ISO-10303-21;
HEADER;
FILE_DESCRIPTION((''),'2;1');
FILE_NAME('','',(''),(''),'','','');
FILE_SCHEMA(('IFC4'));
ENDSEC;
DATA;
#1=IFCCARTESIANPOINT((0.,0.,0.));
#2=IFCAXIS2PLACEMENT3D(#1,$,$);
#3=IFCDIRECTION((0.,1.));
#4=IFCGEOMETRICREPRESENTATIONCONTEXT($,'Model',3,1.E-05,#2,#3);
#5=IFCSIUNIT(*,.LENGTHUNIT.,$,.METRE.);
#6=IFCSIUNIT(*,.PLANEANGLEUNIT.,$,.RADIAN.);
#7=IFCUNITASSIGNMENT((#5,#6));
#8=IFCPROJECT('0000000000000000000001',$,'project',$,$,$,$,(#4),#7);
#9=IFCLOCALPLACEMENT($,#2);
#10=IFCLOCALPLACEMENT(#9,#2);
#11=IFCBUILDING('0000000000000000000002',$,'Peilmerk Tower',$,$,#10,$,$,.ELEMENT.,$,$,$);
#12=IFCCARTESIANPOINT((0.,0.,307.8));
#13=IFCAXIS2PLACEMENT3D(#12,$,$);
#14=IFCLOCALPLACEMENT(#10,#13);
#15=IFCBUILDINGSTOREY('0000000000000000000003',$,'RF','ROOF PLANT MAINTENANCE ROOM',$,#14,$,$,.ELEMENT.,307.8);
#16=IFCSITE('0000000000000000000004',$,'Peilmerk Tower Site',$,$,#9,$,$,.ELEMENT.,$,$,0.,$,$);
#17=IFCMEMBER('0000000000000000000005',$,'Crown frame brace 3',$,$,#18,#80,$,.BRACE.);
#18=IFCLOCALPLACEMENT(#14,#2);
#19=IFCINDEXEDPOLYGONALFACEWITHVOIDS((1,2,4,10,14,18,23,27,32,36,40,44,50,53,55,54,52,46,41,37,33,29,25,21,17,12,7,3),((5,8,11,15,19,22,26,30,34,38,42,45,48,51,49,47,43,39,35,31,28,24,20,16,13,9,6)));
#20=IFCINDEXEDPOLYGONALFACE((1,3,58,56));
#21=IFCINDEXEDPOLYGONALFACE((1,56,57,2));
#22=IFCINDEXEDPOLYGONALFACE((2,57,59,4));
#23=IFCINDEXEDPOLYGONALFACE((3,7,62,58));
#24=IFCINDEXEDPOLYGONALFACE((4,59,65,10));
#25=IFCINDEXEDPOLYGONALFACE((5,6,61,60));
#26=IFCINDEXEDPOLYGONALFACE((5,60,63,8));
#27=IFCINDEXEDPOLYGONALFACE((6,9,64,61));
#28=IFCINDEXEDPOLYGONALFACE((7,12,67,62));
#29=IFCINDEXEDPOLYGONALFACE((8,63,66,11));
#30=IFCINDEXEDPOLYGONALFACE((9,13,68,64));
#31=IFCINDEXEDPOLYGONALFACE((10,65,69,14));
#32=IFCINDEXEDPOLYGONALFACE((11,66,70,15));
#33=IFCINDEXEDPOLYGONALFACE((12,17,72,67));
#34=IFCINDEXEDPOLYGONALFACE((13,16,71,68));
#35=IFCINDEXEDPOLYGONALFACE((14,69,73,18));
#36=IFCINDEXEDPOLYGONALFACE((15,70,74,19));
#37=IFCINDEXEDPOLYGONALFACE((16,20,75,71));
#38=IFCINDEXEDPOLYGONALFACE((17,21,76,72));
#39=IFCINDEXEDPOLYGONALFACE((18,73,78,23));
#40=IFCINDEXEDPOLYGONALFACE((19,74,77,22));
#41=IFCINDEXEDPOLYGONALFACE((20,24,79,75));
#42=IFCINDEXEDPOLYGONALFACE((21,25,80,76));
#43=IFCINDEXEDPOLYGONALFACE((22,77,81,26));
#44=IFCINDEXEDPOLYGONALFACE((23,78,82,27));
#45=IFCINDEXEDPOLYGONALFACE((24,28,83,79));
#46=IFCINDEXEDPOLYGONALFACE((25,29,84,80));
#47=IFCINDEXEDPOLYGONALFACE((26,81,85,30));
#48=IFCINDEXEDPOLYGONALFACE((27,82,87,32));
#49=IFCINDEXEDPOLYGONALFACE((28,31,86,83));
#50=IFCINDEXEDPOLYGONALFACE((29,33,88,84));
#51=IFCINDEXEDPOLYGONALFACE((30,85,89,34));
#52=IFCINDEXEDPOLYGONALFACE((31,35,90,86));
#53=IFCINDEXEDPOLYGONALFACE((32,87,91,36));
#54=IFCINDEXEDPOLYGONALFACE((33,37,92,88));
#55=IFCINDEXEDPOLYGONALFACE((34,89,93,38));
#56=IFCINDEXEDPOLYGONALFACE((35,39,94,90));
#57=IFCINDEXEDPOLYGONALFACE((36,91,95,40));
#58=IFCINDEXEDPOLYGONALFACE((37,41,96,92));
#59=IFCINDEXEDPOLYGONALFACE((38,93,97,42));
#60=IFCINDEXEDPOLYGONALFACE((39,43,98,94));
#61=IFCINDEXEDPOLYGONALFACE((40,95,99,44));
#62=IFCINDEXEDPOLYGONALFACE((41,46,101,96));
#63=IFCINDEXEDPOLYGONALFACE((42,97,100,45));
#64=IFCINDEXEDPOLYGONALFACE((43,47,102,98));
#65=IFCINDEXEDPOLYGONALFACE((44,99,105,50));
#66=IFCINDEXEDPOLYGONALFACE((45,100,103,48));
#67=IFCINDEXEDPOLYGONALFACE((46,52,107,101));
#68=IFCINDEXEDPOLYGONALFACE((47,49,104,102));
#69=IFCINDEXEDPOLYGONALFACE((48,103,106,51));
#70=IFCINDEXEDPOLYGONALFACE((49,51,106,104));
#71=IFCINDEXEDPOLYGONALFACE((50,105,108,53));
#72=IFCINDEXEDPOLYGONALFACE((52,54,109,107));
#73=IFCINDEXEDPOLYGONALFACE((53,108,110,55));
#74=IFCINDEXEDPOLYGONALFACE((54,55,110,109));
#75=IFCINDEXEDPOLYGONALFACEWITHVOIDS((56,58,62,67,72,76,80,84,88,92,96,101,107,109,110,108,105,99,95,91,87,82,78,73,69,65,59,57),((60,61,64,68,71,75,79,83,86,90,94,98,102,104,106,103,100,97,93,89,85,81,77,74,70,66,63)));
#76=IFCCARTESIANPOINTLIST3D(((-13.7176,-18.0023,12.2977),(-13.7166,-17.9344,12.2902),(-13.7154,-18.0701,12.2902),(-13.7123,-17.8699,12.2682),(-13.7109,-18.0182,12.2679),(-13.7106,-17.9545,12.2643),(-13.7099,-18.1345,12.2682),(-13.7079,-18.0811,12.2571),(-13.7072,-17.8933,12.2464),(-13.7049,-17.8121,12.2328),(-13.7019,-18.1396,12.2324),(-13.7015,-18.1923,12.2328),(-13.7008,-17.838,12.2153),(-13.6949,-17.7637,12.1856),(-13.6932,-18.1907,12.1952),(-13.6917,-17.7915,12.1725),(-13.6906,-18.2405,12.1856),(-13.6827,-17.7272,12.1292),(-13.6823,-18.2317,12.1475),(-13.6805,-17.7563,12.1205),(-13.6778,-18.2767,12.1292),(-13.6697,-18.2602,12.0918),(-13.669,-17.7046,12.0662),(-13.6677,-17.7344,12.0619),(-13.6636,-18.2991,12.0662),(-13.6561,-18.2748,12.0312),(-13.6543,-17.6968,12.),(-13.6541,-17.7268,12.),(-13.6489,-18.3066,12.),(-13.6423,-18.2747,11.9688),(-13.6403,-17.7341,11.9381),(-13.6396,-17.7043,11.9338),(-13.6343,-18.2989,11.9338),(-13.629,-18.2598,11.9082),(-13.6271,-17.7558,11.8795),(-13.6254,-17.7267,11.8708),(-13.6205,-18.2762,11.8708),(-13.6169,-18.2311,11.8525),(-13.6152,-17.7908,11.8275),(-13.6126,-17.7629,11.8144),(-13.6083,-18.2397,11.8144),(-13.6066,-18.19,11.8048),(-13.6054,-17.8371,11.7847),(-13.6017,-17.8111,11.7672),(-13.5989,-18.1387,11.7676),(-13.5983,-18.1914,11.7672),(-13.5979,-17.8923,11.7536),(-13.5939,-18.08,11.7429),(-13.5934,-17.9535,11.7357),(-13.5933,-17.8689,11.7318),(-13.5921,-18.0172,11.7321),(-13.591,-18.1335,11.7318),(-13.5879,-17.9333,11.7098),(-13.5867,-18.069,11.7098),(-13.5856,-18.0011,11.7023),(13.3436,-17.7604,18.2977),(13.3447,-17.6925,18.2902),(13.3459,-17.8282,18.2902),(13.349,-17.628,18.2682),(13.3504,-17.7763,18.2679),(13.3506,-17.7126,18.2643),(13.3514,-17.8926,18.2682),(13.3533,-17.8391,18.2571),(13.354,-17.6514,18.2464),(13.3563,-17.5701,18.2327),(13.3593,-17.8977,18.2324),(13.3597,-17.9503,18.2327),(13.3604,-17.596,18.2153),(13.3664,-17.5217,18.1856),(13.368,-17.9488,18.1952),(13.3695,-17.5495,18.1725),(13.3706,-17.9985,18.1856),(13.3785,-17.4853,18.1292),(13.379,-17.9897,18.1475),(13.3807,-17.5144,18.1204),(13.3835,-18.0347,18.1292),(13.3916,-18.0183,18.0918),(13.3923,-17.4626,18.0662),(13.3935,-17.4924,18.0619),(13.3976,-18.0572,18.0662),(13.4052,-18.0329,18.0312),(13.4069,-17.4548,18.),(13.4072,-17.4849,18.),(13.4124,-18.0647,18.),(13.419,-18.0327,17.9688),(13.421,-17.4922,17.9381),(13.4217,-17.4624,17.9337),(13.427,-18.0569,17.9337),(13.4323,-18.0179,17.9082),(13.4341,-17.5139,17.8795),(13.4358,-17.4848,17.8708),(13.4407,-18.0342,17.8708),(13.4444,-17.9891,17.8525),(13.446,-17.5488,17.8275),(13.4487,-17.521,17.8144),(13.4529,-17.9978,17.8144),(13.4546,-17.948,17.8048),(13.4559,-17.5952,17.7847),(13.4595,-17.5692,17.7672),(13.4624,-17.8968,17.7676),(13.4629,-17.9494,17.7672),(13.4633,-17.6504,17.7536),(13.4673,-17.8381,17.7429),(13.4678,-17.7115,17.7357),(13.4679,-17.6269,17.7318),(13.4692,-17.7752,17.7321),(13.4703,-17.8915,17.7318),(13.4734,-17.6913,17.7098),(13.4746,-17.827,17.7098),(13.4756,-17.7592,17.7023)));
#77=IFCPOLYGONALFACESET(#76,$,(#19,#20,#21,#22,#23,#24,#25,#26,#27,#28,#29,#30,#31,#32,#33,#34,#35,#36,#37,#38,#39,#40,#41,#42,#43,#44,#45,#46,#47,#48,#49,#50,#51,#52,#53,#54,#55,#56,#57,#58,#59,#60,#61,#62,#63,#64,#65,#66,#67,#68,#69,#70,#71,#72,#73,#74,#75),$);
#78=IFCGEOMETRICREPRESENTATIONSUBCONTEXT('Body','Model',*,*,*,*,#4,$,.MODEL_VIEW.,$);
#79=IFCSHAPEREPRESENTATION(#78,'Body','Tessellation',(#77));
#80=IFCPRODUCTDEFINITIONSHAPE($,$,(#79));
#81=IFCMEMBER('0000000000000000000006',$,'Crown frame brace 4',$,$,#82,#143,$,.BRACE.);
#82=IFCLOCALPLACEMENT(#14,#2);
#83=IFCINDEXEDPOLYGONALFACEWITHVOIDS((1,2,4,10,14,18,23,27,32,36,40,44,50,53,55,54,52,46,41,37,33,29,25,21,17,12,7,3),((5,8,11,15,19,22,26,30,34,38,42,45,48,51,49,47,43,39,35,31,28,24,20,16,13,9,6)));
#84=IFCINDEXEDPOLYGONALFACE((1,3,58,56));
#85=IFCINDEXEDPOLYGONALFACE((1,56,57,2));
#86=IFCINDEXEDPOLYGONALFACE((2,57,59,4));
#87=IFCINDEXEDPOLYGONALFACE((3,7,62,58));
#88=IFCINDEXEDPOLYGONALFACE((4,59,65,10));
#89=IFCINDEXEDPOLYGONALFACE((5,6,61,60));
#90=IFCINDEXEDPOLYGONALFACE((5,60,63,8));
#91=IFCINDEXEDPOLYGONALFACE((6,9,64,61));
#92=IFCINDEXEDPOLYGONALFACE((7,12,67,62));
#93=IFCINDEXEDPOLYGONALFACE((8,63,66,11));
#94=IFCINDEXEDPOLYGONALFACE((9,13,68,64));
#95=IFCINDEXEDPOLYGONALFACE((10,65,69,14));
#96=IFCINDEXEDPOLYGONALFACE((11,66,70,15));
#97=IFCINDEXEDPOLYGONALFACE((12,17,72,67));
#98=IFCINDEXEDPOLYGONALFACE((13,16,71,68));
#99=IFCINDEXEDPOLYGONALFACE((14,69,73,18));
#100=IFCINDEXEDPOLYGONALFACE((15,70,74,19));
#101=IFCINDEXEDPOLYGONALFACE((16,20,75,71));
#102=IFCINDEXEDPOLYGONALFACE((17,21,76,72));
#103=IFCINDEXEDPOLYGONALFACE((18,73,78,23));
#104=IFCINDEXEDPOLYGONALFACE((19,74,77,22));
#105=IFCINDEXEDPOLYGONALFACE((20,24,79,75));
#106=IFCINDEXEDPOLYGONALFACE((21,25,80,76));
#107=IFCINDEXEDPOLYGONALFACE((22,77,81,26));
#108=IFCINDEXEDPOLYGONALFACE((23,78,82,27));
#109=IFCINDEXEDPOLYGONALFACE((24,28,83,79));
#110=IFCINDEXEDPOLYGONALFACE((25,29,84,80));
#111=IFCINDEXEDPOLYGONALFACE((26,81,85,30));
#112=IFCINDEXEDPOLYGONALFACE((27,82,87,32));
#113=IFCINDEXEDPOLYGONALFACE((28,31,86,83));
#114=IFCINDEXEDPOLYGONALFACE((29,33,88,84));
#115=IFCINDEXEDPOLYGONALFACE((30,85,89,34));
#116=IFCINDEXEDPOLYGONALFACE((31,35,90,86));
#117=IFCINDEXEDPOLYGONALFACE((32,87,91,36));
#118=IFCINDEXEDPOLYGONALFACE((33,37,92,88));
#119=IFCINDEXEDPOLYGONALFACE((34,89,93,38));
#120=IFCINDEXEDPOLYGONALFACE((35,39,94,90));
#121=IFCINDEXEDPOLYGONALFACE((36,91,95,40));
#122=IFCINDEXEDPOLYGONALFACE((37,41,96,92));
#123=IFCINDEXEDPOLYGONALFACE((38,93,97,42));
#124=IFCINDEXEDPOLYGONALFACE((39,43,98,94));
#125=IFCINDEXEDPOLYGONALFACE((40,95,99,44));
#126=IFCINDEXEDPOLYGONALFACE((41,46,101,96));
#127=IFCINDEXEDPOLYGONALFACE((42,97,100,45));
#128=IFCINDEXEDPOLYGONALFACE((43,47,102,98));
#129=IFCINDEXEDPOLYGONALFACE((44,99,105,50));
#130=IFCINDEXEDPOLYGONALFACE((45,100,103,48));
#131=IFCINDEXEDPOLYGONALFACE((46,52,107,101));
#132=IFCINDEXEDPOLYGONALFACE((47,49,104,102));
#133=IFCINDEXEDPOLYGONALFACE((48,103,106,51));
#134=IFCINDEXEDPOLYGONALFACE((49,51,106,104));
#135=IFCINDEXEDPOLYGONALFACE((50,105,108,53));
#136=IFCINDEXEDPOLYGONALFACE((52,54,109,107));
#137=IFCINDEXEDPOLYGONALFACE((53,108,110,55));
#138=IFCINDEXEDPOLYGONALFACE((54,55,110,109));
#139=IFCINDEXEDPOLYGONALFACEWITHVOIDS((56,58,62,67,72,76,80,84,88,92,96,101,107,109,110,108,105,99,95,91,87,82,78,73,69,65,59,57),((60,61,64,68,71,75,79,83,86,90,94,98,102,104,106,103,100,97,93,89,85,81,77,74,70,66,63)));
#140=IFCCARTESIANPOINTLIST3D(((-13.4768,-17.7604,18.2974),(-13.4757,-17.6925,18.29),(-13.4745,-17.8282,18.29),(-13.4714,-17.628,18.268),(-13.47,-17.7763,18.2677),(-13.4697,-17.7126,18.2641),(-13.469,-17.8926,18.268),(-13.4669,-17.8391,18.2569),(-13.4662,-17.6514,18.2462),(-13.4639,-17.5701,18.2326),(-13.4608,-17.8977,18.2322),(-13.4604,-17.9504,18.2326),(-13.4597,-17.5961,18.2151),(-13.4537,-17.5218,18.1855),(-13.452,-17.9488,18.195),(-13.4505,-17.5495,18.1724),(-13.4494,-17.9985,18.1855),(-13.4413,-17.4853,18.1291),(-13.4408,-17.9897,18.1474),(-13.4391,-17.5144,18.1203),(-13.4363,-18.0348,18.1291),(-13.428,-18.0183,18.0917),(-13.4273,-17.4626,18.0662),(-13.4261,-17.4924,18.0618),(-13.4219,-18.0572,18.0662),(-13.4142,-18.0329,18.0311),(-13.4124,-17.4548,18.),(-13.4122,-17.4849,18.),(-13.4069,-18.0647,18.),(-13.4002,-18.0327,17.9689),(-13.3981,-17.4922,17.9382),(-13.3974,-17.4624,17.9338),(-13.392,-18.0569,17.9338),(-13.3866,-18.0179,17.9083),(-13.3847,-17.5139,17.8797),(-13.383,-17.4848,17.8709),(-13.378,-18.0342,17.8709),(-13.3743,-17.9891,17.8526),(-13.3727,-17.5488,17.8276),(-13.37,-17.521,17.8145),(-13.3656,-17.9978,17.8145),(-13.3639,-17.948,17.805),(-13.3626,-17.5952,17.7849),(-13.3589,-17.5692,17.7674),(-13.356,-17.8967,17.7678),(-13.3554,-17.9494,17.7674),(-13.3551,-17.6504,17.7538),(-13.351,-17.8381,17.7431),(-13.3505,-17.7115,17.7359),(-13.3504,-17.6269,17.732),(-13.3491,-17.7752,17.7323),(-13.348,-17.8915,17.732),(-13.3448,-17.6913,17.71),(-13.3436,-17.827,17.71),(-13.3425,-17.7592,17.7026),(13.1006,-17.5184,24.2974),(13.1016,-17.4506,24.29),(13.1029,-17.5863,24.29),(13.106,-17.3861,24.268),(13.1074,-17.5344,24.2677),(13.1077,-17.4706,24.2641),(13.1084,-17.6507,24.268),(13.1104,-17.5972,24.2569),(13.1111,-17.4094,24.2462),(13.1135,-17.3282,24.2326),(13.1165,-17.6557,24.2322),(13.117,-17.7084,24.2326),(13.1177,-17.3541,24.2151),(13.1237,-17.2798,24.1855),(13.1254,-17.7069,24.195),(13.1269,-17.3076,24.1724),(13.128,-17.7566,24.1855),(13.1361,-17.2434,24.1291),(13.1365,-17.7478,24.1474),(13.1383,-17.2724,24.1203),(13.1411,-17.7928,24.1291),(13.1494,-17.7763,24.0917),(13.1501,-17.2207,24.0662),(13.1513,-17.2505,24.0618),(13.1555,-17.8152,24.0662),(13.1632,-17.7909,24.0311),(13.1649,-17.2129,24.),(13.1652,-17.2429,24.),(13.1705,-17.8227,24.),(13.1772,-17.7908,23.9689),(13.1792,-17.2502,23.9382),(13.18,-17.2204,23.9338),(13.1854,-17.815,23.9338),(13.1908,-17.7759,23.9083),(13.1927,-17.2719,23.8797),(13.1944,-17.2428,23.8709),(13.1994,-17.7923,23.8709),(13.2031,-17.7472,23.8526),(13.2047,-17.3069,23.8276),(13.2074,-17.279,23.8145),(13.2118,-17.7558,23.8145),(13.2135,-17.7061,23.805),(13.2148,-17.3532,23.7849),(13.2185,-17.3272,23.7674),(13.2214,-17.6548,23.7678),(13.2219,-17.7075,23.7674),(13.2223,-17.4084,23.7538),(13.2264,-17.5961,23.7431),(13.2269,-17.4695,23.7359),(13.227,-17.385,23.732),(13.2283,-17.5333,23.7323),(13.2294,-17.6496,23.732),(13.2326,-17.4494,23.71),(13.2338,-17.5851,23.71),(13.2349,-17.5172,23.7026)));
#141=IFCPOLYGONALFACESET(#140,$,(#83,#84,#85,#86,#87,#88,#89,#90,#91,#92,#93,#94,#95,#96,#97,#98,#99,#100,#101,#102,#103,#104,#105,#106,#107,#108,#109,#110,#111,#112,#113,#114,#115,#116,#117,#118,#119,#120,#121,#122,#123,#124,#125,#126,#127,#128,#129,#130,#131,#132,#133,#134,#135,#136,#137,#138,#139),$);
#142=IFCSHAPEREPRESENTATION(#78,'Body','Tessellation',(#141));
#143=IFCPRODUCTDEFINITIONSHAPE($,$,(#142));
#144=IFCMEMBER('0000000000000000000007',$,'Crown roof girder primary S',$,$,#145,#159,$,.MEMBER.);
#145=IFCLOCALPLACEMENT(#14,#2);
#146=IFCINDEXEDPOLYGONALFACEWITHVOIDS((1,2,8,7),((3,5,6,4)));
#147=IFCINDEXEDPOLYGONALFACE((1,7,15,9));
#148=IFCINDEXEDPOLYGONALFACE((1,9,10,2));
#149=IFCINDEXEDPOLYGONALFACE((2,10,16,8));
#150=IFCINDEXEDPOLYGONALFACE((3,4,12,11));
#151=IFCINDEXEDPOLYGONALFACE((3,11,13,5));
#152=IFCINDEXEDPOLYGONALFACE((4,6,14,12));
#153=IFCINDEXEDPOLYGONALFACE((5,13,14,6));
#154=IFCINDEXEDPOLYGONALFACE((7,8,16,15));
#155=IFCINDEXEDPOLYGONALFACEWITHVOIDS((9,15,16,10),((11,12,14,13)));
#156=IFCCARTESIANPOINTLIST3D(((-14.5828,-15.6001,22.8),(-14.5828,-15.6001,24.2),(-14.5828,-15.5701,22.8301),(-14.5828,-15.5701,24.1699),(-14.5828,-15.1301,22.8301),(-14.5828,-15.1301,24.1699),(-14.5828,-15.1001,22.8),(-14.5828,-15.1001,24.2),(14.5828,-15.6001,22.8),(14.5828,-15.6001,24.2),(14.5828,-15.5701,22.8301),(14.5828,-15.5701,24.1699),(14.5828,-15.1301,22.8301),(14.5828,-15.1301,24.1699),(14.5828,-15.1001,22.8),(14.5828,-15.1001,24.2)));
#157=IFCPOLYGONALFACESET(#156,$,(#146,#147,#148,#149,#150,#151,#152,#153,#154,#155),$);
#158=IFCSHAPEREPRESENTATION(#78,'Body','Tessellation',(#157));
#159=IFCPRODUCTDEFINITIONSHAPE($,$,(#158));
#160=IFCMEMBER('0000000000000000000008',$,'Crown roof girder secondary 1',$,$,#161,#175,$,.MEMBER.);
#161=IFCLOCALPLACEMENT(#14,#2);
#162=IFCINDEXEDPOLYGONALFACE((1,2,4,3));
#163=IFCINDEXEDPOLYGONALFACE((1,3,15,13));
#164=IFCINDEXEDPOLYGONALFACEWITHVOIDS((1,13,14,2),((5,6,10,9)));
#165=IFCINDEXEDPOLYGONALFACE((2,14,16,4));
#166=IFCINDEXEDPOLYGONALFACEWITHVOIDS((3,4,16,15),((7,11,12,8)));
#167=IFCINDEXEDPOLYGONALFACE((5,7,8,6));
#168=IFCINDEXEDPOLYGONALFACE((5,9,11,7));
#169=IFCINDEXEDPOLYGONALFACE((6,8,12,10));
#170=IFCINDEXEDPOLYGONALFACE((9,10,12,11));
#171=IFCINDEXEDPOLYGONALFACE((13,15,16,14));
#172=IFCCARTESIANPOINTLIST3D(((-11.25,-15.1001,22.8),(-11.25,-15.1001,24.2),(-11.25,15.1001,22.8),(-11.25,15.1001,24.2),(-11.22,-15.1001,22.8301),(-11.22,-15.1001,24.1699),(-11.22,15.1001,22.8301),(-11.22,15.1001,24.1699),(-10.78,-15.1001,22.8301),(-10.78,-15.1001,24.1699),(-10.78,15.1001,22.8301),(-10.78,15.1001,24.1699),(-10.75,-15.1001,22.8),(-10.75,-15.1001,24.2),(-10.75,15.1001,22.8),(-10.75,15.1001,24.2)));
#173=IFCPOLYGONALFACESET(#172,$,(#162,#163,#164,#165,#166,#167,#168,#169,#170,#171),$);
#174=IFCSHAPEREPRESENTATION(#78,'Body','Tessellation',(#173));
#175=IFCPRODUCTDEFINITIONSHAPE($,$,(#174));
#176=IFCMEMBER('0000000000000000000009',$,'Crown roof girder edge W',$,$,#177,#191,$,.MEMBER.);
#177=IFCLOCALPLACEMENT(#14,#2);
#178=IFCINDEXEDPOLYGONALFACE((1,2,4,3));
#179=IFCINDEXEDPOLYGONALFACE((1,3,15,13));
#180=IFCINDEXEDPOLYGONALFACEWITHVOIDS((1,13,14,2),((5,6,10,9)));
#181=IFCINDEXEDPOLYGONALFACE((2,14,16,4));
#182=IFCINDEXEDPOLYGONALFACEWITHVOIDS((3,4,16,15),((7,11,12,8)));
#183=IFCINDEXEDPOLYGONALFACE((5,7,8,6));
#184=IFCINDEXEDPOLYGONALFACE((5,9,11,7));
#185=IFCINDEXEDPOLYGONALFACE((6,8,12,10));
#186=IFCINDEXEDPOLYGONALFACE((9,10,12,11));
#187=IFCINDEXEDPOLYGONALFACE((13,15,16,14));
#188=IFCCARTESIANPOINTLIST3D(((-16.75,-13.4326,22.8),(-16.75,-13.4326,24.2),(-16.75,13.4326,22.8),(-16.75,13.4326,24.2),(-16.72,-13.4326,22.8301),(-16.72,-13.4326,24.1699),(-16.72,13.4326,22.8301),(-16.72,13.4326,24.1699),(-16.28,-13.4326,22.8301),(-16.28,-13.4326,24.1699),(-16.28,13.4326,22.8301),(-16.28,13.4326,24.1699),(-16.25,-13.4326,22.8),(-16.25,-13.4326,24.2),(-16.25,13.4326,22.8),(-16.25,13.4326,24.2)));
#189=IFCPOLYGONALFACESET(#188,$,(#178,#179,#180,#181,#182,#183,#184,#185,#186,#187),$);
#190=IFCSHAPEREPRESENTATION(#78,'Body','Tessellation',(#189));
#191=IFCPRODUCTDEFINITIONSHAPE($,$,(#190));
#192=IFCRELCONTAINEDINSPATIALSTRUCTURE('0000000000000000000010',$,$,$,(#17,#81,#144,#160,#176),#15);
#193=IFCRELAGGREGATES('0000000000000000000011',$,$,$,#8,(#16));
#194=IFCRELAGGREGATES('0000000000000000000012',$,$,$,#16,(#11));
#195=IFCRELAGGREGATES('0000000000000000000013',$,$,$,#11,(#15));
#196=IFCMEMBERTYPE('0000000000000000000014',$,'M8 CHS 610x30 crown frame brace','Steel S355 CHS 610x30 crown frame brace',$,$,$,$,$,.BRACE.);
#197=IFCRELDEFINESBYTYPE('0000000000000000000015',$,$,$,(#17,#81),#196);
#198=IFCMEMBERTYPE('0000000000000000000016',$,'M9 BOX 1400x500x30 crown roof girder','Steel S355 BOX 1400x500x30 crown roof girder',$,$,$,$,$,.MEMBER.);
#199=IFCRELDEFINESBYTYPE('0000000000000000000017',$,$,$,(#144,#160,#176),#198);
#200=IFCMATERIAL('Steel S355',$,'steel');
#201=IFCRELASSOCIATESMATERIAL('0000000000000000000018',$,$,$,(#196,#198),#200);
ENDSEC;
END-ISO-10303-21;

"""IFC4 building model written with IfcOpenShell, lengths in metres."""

from ifc_helpers import new_model, si_unit, direction, frame, origin, origin_2d, place, context, subcontext, project, spatial, hollow_rectangle, hollow_circle, extrude, material, material_profile, profile_set, type_object, element, save


model = new_model("IFC4")

# Units and contexts
model_context = context("Model", 3, precision=1e-05, world=origin(), true_north=direction((0.0, 1.0)))
body_context = subcontext(model_context, "Body", "Model", "MODEL_VIEW")
ifc_project = project(units=[si_unit("LENGTHUNIT", "METRE"), si_unit("PLANEANGLEUNIT", "RADIAN")], contexts=[model_context])

# Site, building, storey
site_placement = place(None, origin())
site = spatial("IfcSite", under=ifc_project, at=site_placement, Name="Peilmerk Tower Site", CompositionType="ELEMENT", RefElevation=0.0)
building_placement = place(site_placement, origin())
building = spatial("IfcBuilding", under=site, at=building_placement, Name="Peilmerk Tower", CompositionType="ELEMENT")
storey_placement = place(building_placement, frame((0.0, 0.0, 307.8)))
storey = spatial("IfcBuildingStorey", under=building, at=storey_placement, Name="RF", Description="ROOF PLANT MAINTENANCE ROOM", CompositionType="ELEMENT", Elevation=307.8)

# Shared definitions
ifc_material_1 = material(Name="Steel S355", Category="steel")

# Members
ifc_material_profile_1 = material_profile(ifc_material_1, hollow_circle(Radius=0.3049, WallThickness=0.03, at=origin_2d()), Name="CHS 610x30")
ifc_profile_set_1 = profile_set([ifc_material_profile_1], Name="Steel S355")
member_type_1 = type_object("IfcMemberType", Name="M8 CHS 610x30 crown frame brace", Description="Steel S355 CHS 610x30 crown frame brace", PredefinedType="BRACE", material=ifc_profile_set_1)
member_1_placement = place(storey_placement, frame((-13.6516, -18.0017, 12.0), z_axis=(0.976254, 0.008728, 0.216454), x_axis=(-0.00894, 0.99996, 0.0)))
element("IfcMember", 1, at=member_1_placement, inside=storey, type_object=member_type_1, Name="Crown frame brace 3", PredefinedType="BRACE", context=body_context, shape_type="SweptSolid", body=[
    extrude(hollow_circle(Radius=0.3049, WallThickness=0.03, at=origin_2d()), origin(), (0.0, 0.0, 1.0), 27.7195),
])
member_2_placement = place(storey_placement, frame((-13.4097, -17.7598, 18.0), z_axis=(0.975413, 0.00888, 0.220205), x_axis=(-0.009103, 0.999959, 0.0)))
element("IfcMember", 2, at=member_2_placement, inside=storey, type_object=member_type_1, Name="Crown frame brace 4", PredefinedType="BRACE", context=body_context, shape_type="SweptSolid", body=[
    extrude(hollow_circle(Radius=0.3049, WallThickness=0.03, at=origin_2d()), origin(), (0.0, 0.0, 1.0), 27.2473),
])
ifc_material_profile_2 = material_profile(ifc_material_1, hollow_rectangle(XDim=0.5, YDim=1.3999, WallThickness=0.03, at=origin_2d()), Name="BOX 1400x500x30")
ifc_profile_set_2 = profile_set([ifc_material_profile_2], Name="Steel S355")
member_type_2 = type_object("IfcMemberType", Name="M9 BOX 1400x500x30 crown roof girder", Description="Steel S355 BOX 1400x500x30 crown roof girder", PredefinedType="MEMBER", material=ifc_profile_set_2)
member_3_placement = place(storey_placement, frame((-14.5828, -15.3501, 23.5), z_axis=(1.0, 0.0, 0.0), x_axis=(0.0, 1.0, 0.0)))
element("IfcMember", 3, at=member_3_placement, inside=storey, type_object=member_type_2, Name="Crown roof girder primary S", PredefinedType="MEMBER", context=body_context, shape_type="SweptSolid", body=[
    extrude(hollow_rectangle(XDim=0.5, YDim=1.3999, WallThickness=0.03, at=origin_2d()), origin(), (0.0, 0.0, 1.0), 29.1655),
])
member_4_placement = place(storey_placement, frame((-11.0, -15.1001, 23.5), z_axis=(0.0, 1.0, 0.0), x_axis=(-1.0, 0.0, 0.0)))
element("IfcMember", 4, at=member_4_placement, inside=storey, type_object=member_type_2, Name="Crown roof girder secondary 1", PredefinedType="MEMBER", context=body_context, shape_type="SweptSolid", body=[
    extrude(hollow_rectangle(XDim=0.5, YDim=1.3999, WallThickness=0.03, at=origin_2d()), origin(), (0.0, 0.0, 1.0), 30.2002),
])
member_5_placement = place(storey_placement, frame((-16.5, -13.4326, 23.5), z_axis=(0.0, 1.0, 0.0), x_axis=(-1.0, 0.0, 0.0)))
element("IfcMember", 5, at=member_5_placement, inside=storey, type_object=member_type_2, Name="Crown roof girder edge W", PredefinedType="MEMBER", context=body_context, shape_type="SweptSolid", body=[
    extrude(hollow_rectangle(XDim=0.5, YDim=1.3999, WallThickness=0.03, at=origin_2d()), origin(), (0.0, 0.0, 1.0), 26.8652),
])

save(model, "model.ifc")
